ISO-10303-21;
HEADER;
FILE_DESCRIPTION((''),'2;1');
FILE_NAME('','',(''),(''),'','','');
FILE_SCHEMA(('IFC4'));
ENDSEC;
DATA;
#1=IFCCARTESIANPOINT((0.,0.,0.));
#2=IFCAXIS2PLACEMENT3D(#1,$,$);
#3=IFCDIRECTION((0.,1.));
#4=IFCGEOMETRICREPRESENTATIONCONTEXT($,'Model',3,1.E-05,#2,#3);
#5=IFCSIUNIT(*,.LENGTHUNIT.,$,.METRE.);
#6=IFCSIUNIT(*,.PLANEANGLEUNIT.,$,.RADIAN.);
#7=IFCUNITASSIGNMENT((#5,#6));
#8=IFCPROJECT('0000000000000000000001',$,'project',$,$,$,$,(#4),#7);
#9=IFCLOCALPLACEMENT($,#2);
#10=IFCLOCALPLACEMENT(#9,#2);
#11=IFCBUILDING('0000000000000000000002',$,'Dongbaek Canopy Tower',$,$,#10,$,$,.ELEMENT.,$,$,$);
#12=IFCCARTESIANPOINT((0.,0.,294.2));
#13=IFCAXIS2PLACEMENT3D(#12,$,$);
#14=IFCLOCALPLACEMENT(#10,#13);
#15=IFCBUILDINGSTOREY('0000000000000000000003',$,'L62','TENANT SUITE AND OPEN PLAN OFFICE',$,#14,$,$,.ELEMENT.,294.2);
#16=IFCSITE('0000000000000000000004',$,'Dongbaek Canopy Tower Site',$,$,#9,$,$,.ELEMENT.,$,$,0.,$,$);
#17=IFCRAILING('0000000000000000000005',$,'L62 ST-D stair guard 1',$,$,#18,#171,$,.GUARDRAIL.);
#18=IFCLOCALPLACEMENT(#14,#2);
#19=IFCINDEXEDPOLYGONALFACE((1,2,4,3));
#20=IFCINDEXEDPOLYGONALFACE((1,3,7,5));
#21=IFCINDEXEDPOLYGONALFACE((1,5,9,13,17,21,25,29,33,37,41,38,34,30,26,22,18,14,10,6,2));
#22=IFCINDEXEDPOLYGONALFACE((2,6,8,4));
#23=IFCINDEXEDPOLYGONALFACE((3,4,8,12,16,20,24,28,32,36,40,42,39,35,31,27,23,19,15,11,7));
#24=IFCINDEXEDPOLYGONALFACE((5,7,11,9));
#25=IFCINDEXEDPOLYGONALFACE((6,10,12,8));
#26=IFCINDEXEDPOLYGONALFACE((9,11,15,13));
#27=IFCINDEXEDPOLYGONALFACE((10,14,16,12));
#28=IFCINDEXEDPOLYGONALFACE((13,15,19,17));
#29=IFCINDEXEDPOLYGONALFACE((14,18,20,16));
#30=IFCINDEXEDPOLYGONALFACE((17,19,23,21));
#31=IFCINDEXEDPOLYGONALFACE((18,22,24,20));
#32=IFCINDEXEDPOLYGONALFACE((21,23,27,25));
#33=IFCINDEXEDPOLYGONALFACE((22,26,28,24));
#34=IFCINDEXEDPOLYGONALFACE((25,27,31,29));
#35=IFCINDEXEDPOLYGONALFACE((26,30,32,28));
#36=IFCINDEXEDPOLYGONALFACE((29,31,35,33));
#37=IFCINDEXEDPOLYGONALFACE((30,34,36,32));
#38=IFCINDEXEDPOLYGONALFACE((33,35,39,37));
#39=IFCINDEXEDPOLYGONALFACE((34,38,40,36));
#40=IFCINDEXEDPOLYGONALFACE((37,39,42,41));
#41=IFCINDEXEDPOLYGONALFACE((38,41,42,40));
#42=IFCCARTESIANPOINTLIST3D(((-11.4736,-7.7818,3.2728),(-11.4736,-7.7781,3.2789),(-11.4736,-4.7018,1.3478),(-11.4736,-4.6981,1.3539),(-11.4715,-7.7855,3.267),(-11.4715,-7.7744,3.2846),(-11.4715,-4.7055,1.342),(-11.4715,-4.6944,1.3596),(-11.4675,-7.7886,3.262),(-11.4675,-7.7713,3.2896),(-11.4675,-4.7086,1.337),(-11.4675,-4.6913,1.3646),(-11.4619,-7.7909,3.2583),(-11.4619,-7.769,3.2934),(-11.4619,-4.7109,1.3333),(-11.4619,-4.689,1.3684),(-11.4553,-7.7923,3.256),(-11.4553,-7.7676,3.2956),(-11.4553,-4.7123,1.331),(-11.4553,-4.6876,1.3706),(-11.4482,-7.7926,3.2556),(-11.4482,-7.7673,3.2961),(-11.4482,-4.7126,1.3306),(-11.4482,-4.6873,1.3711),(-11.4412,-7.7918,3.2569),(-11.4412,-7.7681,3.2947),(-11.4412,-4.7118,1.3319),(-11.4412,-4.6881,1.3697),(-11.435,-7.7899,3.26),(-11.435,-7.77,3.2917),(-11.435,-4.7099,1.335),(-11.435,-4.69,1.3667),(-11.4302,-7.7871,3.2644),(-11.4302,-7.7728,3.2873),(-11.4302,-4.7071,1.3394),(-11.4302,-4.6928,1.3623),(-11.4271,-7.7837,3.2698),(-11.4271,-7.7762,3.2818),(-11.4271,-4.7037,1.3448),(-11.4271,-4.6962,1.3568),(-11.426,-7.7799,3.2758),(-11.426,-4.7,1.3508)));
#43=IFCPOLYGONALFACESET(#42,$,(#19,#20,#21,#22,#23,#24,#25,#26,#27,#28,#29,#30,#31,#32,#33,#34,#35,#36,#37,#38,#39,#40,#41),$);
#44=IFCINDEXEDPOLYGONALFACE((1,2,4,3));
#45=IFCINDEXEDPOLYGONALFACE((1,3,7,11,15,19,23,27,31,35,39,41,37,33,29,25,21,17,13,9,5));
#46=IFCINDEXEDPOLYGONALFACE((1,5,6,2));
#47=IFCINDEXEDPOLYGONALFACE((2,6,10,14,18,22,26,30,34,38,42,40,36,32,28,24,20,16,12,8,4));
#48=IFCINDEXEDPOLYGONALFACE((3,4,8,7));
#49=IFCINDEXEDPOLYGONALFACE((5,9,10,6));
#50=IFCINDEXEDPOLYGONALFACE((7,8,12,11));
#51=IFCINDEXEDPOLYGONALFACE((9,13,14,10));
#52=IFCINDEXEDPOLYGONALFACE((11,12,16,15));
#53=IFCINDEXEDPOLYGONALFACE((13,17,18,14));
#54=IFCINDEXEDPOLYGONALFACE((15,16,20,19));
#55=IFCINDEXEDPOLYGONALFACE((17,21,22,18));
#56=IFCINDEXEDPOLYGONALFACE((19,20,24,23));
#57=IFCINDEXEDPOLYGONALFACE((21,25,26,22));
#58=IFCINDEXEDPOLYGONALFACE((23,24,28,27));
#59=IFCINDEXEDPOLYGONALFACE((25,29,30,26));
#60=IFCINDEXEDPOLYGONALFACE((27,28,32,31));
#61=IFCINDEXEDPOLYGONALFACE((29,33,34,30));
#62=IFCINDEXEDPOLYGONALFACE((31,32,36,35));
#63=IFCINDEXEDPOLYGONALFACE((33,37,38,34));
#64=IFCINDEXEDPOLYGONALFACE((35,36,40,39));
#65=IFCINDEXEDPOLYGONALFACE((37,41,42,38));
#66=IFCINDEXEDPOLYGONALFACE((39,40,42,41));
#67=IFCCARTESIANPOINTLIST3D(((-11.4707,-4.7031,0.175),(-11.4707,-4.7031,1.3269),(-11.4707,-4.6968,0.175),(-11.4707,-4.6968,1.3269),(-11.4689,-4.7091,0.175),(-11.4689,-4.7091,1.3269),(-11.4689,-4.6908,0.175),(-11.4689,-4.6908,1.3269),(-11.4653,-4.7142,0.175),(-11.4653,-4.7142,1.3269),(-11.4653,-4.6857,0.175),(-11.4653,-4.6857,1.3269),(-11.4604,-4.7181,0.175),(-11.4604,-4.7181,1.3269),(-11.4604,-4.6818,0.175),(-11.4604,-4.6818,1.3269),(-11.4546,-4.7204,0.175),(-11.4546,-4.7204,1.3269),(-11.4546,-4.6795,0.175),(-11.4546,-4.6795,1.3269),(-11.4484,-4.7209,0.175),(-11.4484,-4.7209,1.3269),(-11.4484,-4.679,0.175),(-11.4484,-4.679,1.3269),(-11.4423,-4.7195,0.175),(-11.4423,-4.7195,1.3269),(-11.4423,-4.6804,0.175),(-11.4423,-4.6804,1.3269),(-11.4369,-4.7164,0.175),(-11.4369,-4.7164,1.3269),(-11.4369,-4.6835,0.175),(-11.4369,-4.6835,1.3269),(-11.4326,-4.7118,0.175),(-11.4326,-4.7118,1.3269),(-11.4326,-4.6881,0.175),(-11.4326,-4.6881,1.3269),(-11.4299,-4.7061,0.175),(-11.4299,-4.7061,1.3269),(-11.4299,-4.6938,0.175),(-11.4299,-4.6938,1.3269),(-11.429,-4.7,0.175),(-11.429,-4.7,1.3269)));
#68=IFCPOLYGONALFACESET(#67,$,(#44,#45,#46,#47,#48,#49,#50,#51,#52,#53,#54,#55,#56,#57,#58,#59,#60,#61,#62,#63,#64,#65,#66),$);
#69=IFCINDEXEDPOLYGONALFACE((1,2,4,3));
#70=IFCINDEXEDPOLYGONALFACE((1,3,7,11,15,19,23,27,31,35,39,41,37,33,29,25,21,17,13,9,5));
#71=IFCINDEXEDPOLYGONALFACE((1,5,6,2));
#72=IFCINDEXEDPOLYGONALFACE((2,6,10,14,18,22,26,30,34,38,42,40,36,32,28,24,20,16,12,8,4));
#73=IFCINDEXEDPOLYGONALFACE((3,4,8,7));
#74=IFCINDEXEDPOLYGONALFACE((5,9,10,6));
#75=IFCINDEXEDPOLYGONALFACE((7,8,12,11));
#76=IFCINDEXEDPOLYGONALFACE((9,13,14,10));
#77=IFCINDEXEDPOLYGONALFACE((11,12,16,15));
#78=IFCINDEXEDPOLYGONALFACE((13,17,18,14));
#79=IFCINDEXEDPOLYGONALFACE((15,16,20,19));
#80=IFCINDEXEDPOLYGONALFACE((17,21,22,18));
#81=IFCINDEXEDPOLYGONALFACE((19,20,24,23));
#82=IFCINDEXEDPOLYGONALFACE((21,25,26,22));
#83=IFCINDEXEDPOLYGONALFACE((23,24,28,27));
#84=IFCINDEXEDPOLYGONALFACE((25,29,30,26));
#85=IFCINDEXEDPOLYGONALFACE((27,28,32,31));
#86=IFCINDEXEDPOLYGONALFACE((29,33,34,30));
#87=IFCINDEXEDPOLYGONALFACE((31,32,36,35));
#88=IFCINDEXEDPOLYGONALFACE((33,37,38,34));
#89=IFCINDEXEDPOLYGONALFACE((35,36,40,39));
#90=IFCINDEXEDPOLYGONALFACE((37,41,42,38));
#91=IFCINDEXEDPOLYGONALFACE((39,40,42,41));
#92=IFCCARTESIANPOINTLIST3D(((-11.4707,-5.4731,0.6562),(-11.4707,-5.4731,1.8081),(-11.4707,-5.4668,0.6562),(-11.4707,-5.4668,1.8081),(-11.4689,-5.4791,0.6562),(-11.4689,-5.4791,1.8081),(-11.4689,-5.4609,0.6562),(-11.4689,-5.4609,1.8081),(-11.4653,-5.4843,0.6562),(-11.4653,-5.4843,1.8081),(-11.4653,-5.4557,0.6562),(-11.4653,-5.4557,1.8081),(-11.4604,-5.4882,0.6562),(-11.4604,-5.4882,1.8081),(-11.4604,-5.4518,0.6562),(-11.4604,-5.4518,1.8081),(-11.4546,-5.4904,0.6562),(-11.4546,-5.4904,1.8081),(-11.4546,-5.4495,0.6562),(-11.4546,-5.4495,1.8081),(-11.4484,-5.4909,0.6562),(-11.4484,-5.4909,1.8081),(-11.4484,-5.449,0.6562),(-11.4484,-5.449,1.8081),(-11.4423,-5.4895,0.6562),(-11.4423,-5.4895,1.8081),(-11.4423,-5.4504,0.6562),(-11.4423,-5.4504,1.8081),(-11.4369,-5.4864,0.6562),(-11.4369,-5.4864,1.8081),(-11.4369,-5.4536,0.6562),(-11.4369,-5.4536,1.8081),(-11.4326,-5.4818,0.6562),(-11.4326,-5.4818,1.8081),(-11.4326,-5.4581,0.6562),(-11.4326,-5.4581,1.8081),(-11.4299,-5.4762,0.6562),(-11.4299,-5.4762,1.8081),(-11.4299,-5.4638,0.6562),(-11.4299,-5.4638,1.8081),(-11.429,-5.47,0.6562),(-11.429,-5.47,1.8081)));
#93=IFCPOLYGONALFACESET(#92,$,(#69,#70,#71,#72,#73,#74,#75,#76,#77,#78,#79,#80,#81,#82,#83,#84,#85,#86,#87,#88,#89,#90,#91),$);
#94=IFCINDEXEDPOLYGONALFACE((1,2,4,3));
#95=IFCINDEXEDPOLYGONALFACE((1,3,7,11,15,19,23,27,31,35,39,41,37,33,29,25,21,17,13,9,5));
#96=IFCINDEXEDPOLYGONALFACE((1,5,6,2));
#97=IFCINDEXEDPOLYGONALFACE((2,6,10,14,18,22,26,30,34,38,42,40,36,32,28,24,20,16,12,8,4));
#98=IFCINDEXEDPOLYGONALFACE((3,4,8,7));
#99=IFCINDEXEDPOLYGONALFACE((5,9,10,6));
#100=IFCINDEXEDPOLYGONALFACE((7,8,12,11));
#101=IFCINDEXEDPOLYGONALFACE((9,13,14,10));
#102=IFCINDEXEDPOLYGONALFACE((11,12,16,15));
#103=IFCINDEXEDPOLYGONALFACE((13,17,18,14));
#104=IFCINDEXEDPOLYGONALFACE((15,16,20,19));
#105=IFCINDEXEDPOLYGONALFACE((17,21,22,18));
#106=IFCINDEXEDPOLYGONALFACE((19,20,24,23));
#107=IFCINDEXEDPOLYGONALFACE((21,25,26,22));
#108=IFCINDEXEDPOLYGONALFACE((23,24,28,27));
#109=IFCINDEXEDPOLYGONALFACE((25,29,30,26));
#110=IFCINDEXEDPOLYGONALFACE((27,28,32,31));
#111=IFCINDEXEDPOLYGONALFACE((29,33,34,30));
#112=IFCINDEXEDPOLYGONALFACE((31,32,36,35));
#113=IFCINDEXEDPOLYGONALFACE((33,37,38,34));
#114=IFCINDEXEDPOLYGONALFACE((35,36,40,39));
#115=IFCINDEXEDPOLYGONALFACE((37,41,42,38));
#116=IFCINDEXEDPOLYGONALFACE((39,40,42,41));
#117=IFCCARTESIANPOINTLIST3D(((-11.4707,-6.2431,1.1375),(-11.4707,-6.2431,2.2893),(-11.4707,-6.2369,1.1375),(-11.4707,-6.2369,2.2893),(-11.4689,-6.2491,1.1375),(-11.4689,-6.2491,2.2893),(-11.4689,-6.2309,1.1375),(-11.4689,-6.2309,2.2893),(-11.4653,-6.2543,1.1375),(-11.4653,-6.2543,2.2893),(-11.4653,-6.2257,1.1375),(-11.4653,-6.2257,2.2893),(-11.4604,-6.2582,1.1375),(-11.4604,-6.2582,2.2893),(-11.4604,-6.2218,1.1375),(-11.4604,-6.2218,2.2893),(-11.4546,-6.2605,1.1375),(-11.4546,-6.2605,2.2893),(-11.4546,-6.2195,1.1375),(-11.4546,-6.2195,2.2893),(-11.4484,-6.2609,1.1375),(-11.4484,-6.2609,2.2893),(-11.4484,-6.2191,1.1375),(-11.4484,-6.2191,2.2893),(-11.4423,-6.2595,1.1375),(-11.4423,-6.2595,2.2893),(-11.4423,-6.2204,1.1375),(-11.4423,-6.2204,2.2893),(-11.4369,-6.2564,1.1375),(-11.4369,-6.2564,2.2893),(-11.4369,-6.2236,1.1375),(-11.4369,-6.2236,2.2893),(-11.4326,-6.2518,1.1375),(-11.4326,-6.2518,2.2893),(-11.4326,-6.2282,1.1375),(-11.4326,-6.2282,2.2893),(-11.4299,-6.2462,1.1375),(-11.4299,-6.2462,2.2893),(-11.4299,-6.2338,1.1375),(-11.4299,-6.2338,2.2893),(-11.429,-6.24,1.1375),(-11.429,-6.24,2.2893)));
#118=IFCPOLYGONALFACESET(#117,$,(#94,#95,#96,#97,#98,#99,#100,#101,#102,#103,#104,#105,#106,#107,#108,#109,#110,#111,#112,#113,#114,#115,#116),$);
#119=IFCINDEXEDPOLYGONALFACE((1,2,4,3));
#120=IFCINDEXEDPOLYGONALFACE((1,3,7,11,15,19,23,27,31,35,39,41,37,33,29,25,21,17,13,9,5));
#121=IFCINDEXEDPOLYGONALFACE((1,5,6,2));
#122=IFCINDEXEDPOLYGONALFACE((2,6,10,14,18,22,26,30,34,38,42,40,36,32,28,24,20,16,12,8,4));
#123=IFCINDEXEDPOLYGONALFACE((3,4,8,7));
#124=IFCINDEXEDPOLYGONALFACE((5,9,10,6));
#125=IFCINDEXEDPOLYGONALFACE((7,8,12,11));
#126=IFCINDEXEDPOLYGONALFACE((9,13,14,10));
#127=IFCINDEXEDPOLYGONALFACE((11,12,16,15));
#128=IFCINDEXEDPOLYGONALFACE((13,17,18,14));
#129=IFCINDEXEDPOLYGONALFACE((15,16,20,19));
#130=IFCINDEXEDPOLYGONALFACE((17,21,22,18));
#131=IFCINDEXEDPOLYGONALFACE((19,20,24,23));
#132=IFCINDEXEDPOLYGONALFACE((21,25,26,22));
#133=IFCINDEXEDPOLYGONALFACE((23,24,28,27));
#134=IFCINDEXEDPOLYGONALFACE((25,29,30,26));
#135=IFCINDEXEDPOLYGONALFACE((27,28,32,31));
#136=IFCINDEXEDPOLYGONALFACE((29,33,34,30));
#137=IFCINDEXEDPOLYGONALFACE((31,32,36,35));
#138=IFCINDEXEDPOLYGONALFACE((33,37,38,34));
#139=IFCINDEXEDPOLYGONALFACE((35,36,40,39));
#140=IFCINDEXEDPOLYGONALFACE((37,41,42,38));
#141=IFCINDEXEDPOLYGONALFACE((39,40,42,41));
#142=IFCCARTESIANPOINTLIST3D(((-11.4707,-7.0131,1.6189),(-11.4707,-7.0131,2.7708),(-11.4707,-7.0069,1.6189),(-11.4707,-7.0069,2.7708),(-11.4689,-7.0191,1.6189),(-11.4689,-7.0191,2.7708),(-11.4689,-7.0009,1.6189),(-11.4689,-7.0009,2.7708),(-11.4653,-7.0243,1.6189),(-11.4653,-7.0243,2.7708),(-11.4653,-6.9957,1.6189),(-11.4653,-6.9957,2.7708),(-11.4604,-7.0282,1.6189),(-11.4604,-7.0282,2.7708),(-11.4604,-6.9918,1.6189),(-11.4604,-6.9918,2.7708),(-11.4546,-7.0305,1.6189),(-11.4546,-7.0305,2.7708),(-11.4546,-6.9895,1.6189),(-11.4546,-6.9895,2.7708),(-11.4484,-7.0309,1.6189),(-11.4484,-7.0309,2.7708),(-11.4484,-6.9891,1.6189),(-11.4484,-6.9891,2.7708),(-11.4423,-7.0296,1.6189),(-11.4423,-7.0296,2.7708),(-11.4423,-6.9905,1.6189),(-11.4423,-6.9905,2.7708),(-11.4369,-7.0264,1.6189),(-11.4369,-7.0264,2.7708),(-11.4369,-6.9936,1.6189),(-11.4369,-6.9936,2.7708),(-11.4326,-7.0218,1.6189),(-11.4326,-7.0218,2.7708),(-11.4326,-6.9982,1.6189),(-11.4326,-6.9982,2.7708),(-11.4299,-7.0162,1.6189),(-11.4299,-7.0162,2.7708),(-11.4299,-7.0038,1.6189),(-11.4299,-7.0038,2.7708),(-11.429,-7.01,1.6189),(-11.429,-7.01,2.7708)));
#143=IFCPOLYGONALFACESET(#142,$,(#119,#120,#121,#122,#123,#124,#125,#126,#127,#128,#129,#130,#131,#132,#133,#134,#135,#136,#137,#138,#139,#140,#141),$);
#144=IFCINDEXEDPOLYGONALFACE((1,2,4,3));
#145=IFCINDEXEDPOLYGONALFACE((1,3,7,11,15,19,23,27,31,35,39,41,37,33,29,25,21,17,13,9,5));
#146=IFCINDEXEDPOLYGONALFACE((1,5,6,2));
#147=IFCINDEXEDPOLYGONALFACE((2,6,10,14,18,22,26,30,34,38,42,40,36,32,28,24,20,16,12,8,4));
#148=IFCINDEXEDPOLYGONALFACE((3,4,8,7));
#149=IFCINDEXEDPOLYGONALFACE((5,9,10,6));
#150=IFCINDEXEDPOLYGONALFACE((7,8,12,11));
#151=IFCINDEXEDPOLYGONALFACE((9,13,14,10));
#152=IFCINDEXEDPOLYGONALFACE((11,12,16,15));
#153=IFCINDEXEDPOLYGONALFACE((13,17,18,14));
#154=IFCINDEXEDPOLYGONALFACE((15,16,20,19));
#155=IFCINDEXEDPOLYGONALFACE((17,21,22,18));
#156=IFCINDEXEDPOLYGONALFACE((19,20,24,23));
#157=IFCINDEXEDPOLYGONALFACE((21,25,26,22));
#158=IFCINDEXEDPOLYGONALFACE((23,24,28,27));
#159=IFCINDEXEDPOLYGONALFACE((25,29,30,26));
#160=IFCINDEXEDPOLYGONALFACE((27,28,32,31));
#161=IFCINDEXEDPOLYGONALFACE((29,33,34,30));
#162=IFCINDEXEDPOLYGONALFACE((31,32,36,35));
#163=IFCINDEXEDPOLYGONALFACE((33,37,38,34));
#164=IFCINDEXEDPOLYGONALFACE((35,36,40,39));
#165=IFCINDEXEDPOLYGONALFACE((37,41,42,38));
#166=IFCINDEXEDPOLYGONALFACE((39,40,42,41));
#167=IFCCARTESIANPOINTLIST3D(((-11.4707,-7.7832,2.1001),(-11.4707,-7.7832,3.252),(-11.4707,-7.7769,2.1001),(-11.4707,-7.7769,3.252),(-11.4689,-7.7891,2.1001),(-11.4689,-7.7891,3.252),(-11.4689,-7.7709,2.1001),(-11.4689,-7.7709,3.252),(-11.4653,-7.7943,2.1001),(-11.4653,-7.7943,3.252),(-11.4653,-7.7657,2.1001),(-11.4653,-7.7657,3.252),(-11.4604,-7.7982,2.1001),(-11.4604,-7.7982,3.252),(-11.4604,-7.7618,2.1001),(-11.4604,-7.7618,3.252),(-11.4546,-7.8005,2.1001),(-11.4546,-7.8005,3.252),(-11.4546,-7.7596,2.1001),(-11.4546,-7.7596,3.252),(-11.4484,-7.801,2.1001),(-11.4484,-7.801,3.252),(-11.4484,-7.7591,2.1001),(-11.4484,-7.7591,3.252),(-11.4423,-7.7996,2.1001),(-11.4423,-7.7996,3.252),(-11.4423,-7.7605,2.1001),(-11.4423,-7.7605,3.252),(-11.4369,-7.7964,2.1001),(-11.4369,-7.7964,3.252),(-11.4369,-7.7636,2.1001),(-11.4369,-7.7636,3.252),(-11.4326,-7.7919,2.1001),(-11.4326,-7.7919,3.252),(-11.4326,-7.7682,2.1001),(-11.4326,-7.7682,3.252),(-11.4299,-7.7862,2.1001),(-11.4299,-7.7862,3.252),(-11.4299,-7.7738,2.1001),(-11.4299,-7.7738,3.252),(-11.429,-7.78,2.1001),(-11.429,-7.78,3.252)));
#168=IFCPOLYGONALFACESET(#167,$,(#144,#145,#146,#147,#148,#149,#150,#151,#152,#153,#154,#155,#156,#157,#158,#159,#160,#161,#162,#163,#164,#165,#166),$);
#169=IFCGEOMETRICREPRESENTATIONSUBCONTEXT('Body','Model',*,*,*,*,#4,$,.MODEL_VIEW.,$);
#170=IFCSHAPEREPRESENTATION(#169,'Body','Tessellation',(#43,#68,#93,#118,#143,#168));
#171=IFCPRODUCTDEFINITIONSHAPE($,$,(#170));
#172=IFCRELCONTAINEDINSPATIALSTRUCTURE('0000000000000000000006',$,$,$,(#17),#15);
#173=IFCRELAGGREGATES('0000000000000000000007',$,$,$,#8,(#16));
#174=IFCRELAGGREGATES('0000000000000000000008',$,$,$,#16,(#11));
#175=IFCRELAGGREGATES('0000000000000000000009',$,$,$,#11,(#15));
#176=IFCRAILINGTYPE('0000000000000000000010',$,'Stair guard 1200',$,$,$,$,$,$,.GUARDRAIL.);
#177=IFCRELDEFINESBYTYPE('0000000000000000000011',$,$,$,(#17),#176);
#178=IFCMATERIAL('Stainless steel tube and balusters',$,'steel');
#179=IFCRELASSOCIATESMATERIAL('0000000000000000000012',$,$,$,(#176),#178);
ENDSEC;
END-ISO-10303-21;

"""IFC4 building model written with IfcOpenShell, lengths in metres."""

from ifc_helpers import new_model, si_unit, direction, frame, origin, origin_2d, place, context, subcontext, project, spatial, circle, extrude, material, type_object, element, save


model = new_model("IFC4")

# Units and contexts
model_context = context("Model", 3, precision=1e-05, world=origin(), true_north=direction((0.0, 1.0)))
body_context = subcontext(model_context, "Body", "Model", "MODEL_VIEW")
ifc_project = project(units=[si_unit("LENGTHUNIT", "METRE"), si_unit("PLANEANGLEUNIT", "RADIAN")], contexts=[model_context])

# Site, building, storey
site_placement = place(None, origin())
site = spatial("IfcSite", under=ifc_project, at=site_placement, Name="Dongbaek Canopy Tower Site", CompositionType="ELEMENT", RefElevation=0.0)
building_placement = place(site_placement, origin())
building = spatial("IfcBuilding", under=site, at=building_placement, Name="Dongbaek Canopy Tower", CompositionType="ELEMENT")
storey_placement = place(building_placement, frame((0.0, 0.0, 294.2)))
storey = spatial("IfcBuildingStorey", under=building, at=storey_placement, Name="L62", Description="TENANT SUITE AND OPEN PLAN OFFICE", CompositionType="ELEMENT", Elevation=294.2)

# Railing
ifc_material_1 = material(Name="Stainless steel tube and balusters", Category="steel")
railing_type_1 = type_object("IfcRailingType", Name="Stair guard 1200", PredefinedType="GUARDRAIL", material=ifc_material_1)
railing_1_placement = place(storey_placement, frame((-11.45, -4.7, 0.175)))
element("IfcRailing", 1, at=railing_1_placement, inside=storey, type_object=railing_type_1, Name="L62 ST-D stair guard 1", PredefinedType="GUARDRAIL", context=body_context, shape_type="SweptSolid", body=[
    extrude(circle(Radius=0.0239, at=origin_2d()), frame((0.0, 0.0, 1.1758), z_axis=(0.0, -0.847998, 0.529999), x_axis=(1.0, 0.0, 0.0)), (0.0, 0.0, 1.0), 3.6321),
    extrude(circle(Radius=0.021, at=origin_2d()), origin(), (0.0, 0.0, 1.0), 1.1519),
    extrude(circle(Radius=0.021, at=origin_2d()), frame((0.0, -0.77, 0.4812)), (0.0, 0.0, 1.0), 1.1519),
    extrude(circle(Radius=0.021, at=origin_2d()), frame((0.0, -1.54, 0.9624)), (0.0, 0.0, 1.0), 1.1519),
    extrude(circle(Radius=0.021, at=origin_2d()), frame((0.0, -2.3101, 1.4438)), (0.0, 0.0, 1.0), 1.1519),
    extrude(circle(Radius=0.021, at=origin_2d()), frame((0.0, -3.0801, 1.925)), (0.0, 0.0, 1.0), 1.1519),
])

save(model, "model.ifc")
